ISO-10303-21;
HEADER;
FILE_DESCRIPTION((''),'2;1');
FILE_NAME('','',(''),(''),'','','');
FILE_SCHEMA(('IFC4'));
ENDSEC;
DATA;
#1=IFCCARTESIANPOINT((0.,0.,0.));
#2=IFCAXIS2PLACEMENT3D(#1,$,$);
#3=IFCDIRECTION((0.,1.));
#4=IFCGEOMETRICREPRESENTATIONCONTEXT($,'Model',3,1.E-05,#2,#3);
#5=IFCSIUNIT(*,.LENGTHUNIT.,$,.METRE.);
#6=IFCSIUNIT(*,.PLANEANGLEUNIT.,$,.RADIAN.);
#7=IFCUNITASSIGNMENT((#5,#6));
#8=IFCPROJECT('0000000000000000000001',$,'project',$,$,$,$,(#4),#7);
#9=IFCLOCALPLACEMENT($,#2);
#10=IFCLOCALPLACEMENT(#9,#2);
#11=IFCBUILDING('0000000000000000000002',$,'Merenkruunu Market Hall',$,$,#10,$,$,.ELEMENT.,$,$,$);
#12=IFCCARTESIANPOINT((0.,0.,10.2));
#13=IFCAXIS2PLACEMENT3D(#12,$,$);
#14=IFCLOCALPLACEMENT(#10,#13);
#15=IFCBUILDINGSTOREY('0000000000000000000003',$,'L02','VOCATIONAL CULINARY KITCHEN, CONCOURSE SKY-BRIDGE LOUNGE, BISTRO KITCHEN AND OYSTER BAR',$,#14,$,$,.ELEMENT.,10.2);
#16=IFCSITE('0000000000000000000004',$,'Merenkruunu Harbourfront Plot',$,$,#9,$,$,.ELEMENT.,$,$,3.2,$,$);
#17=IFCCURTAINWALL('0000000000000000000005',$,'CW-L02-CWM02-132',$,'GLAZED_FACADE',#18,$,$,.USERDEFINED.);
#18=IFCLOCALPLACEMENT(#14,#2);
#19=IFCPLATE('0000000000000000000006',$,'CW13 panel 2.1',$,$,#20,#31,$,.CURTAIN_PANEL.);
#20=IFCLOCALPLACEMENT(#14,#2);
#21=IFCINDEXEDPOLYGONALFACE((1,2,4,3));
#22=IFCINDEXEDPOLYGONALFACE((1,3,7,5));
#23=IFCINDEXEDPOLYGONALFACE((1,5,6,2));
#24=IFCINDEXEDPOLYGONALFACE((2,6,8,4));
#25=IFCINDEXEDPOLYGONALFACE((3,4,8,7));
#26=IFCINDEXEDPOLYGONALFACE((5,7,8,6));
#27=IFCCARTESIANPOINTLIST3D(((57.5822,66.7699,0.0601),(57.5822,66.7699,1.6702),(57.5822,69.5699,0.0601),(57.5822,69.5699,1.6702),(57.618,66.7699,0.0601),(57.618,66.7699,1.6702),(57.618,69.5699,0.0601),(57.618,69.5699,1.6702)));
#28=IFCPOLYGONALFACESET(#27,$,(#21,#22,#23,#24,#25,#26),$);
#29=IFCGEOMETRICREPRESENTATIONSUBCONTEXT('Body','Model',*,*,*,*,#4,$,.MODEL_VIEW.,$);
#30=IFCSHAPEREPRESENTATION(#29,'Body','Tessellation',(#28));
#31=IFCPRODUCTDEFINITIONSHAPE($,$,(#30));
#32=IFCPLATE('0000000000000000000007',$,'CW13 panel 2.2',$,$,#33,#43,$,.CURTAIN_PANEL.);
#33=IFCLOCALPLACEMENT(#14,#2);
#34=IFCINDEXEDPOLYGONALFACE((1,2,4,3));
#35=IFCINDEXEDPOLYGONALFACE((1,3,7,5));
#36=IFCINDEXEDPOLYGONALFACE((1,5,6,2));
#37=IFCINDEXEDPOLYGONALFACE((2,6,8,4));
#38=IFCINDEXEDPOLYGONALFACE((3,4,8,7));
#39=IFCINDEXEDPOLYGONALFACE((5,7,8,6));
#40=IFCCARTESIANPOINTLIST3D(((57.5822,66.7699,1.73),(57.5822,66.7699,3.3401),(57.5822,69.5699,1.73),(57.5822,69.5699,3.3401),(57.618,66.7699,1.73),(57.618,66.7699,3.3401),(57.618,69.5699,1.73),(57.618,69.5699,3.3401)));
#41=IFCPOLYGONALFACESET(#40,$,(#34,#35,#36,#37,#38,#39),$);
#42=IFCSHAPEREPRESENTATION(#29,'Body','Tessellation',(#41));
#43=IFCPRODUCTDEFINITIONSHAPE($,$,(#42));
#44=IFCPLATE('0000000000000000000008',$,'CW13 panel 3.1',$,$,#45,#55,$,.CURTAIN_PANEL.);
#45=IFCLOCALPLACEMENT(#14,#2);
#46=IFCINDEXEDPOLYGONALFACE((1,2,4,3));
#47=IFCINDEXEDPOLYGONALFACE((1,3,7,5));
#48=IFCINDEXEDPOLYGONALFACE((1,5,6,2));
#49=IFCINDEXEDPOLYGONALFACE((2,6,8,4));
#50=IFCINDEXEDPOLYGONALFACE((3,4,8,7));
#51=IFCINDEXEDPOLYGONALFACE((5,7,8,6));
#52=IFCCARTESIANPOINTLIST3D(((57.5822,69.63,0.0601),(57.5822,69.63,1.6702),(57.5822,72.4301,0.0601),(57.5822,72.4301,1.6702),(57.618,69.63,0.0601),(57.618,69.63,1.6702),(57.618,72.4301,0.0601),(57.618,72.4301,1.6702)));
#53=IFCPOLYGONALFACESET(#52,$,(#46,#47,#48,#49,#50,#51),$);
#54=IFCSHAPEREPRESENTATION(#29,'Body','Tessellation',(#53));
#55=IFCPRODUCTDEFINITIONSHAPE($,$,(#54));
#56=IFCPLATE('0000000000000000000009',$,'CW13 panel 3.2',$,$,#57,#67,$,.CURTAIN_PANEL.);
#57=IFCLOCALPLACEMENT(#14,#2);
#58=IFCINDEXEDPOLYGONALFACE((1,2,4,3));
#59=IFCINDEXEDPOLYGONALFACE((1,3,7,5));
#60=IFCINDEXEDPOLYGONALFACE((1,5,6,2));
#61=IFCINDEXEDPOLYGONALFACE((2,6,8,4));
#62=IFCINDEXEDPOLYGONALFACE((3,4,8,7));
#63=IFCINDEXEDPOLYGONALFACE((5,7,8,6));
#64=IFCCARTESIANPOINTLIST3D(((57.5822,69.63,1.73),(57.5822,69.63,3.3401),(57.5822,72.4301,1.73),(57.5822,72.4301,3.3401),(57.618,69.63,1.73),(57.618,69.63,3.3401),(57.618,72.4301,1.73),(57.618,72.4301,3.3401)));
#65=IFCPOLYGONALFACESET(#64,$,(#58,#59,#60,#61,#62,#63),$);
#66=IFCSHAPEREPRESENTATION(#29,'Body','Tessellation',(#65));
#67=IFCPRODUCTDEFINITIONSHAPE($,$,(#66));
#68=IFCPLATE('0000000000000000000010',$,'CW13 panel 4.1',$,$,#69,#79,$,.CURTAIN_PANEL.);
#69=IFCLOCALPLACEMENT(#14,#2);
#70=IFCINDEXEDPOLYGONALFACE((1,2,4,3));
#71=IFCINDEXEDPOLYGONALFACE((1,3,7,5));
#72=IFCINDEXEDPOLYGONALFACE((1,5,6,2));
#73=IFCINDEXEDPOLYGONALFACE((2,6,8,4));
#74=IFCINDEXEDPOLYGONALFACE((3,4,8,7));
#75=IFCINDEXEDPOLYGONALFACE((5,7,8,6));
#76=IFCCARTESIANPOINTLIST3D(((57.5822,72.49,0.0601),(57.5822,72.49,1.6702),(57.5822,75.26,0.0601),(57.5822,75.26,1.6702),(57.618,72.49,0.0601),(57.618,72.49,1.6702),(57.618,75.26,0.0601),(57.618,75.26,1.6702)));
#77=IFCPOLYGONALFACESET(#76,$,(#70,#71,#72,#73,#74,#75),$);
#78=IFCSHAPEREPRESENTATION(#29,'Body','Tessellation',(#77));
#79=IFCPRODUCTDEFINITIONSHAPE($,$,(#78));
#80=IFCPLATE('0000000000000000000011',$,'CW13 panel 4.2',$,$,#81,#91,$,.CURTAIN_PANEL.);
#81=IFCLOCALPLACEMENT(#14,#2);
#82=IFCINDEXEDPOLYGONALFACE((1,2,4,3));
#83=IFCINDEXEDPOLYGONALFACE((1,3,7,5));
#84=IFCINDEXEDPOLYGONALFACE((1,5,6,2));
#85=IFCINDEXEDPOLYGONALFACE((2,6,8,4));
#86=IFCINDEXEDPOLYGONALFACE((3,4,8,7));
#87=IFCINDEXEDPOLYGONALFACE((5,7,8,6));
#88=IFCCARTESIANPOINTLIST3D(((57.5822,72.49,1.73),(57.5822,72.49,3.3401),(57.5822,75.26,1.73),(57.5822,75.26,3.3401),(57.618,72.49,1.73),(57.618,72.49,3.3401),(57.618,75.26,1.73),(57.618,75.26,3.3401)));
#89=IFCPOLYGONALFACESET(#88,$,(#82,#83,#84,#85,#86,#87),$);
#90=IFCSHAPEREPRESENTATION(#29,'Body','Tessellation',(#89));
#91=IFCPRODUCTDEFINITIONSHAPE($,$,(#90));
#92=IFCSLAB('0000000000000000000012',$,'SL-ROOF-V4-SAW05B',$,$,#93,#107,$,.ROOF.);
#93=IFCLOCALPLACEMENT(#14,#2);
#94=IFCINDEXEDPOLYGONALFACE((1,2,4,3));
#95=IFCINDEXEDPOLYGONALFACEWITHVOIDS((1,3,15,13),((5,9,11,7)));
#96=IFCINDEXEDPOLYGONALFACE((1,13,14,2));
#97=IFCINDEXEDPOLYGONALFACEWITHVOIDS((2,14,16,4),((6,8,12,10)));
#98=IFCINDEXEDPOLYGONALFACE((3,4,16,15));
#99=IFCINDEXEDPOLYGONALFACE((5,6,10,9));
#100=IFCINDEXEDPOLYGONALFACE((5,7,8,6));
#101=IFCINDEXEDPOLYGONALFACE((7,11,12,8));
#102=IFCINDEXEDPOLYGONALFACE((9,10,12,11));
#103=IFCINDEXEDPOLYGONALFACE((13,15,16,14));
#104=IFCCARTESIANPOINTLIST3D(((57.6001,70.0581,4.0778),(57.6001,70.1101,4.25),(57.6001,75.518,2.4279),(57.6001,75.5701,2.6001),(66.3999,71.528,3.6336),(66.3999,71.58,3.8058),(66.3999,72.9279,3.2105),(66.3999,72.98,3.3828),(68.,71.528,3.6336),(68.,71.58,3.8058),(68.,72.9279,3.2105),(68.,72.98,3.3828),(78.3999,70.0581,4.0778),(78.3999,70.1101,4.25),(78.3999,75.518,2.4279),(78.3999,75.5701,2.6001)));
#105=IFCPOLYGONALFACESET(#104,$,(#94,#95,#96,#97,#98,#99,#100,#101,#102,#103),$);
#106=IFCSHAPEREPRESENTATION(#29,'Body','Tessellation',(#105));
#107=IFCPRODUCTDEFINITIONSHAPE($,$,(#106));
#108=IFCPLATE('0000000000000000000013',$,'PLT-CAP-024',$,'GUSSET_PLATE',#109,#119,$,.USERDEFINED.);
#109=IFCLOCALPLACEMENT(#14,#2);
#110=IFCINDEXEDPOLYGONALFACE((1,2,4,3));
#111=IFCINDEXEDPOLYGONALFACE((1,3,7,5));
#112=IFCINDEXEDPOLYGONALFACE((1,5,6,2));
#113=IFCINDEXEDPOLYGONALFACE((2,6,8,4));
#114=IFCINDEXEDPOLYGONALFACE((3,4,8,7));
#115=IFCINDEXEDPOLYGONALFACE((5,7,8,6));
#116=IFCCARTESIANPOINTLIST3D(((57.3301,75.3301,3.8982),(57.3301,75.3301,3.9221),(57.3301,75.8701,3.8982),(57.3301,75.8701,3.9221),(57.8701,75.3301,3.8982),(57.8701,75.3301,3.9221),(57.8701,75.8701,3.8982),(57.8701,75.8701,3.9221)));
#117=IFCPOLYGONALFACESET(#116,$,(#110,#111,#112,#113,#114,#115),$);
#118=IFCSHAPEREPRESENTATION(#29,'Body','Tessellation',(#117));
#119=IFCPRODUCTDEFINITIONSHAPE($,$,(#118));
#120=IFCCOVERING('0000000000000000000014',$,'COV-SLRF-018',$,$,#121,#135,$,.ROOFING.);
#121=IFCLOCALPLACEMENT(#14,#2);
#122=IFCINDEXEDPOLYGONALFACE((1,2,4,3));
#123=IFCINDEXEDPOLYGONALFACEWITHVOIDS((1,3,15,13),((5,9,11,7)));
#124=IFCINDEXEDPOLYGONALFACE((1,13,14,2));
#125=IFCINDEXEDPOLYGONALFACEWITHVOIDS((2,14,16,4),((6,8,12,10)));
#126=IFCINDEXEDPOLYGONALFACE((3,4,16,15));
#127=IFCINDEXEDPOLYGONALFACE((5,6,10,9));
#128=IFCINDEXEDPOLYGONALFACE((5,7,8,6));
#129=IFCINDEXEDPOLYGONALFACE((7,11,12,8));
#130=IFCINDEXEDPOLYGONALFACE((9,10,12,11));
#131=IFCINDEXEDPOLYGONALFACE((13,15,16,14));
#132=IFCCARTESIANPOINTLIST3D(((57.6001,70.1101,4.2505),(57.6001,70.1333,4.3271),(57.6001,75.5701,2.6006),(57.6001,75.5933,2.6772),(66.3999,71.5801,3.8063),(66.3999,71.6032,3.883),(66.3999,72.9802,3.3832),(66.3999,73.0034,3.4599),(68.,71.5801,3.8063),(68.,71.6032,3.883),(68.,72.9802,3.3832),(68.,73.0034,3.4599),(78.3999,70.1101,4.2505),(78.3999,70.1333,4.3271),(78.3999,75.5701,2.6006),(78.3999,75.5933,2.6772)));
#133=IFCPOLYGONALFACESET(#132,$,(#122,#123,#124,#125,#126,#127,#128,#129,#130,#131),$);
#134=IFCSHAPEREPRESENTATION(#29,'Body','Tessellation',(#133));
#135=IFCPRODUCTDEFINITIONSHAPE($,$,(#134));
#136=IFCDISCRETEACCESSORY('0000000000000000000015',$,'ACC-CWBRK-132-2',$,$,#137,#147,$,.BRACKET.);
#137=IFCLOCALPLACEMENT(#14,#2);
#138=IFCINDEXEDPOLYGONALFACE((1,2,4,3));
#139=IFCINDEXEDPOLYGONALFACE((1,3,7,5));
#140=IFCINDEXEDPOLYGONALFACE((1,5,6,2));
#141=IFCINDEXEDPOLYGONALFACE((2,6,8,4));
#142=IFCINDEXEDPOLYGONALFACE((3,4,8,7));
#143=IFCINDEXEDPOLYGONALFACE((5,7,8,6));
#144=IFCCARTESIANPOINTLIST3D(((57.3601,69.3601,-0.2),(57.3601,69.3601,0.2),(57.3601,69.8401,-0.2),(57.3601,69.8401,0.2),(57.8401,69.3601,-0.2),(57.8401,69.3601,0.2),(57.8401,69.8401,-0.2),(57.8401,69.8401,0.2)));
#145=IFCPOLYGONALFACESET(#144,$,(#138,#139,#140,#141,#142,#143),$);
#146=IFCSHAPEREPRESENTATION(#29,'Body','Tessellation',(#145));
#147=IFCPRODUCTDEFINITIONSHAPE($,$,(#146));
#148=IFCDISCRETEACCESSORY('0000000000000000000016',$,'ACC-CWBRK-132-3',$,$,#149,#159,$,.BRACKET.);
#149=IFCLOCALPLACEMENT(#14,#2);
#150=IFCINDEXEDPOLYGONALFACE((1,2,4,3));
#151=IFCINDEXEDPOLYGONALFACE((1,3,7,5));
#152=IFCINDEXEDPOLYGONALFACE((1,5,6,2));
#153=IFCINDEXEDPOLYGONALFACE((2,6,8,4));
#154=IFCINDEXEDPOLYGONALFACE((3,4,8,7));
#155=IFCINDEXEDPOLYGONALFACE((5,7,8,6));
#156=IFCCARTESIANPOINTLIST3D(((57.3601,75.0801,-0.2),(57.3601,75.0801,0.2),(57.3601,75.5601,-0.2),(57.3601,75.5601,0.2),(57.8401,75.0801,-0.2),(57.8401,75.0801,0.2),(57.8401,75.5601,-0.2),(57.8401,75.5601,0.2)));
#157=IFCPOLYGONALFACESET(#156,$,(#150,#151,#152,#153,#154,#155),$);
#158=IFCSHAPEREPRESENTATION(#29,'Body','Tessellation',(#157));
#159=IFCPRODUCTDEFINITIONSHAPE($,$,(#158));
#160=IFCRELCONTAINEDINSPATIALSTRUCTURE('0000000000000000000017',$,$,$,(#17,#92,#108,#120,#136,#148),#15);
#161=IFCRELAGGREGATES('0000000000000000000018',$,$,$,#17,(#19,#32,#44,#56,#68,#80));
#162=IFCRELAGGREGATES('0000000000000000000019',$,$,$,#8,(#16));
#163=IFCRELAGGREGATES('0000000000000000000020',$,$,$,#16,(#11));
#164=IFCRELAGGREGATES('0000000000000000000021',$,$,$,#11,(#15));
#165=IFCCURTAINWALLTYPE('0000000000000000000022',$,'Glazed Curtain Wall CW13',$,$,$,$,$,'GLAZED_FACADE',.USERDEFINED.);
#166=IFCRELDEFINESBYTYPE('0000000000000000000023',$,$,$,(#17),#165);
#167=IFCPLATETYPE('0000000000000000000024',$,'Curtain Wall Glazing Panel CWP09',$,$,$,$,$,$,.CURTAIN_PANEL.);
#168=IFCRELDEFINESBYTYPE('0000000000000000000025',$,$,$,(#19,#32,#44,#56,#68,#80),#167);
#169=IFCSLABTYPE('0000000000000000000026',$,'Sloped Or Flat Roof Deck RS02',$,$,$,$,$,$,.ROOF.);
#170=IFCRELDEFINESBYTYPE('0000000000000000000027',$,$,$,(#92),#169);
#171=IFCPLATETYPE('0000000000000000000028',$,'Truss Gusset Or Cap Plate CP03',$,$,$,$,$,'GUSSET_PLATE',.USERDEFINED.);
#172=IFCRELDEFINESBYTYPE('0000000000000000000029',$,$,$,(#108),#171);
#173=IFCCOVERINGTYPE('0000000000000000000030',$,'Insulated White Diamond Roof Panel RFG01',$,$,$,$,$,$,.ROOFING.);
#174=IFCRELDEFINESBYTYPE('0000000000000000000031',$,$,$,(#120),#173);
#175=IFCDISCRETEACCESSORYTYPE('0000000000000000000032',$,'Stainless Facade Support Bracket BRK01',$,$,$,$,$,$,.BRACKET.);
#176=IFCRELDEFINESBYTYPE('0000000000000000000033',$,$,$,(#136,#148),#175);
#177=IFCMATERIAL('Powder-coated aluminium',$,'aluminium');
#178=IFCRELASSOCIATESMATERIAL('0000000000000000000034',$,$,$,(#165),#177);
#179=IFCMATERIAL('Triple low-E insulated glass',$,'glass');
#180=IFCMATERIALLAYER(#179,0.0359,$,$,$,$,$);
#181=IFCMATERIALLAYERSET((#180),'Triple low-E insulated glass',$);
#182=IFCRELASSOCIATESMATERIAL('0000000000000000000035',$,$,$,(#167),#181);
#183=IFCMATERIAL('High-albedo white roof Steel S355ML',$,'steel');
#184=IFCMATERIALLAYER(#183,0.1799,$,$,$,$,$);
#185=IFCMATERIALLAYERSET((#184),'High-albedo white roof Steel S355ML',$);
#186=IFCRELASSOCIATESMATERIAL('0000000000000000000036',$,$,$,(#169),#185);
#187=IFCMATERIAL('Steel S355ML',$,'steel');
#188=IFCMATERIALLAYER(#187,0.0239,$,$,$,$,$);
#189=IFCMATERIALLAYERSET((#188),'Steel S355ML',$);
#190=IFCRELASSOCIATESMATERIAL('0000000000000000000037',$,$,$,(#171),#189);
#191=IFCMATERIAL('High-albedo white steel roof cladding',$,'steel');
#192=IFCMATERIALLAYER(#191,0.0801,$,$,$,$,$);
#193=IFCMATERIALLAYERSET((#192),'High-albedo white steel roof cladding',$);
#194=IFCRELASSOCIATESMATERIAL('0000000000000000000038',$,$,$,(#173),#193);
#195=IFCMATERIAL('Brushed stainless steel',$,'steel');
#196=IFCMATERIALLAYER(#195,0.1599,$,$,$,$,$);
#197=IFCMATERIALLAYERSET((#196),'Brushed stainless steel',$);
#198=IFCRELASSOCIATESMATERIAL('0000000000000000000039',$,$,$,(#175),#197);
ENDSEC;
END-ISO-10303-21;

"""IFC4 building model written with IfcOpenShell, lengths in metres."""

from ifc_helpers import new_model, si_unit, direction, frame, origin, origin_2d, place, context, subcontext, project, spatial, polyline, rectangle, outline, extrude, material, layer, layer_set, type_object, element, aggregate, save


model = new_model("IFC4")

# Units and contexts
model_context = context("Model", 3, precision=1e-05, world=origin(), true_north=direction((0.0, 1.0)))
body_context = subcontext(model_context, "Body", "Model", "MODEL_VIEW")
ifc_project = project(units=[si_unit("LENGTHUNIT", "METRE"), si_unit("PLANEANGLEUNIT", "RADIAN")], contexts=[model_context])

# Site, building, storey
site_placement = place(None, origin())
site = spatial("IfcSite", under=ifc_project, at=site_placement, Name="Merenkruunu Harbourfront Plot", CompositionType="ELEMENT", RefElevation=3.2)
building_placement = place(site_placement, origin())
building = spatial("IfcBuilding", under=site, at=building_placement, Name="Merenkruunu Market Hall", CompositionType="ELEMENT")
storey_placement = place(building_placement, frame((0.0, 0.0, 10.2)))
storey = spatial("IfcBuildingStorey", under=building, at=storey_placement, Name="L02", Description="VOCATIONAL CULINARY KITCHEN, CONCOURSE SKY-BRIDGE LOUNGE, BISTRO KITCHEN AND OYSTER BAR", CompositionType="ELEMENT", Elevation=10.2)

# Shared definitions
ifc_material_1 = material(Name="Steel S355ML", Category="steel")

# Curtain wall
ifc_material_2 = material(Name="Powder-coated aluminium", Category="aluminium")
curtain_wall_type = type_object("IfcCurtainWallType", Name="Glazed Curtain Wall CW13", ElementType="GLAZED_FACADE", PredefinedType="USERDEFINED", material=ifc_material_2)
curtain_wall_placement = place(storey_placement, origin())
curtain_wall = element("IfcCurtainWall", 1, at=curtain_wall_placement, inside=storey, type_object=curtain_wall_type, Name="CW-L02-CWM02-132", ObjectType="GLAZED_FACADE", PredefinedType="USERDEFINED")

# Plates
ifc_material_3 = material(Name="Triple low-E insulated glass", Category="glass")
ifc_layer_1 = layer(ifc_material_3, 0.0359)
ifc_layer_set_1 = layer_set([ifc_layer_1], Name="Triple low-E insulated glass")
plate_type_1 = type_object("IfcPlateType", Name="Curtain Wall Glazing Panel CWP09", PredefinedType="CURTAIN_PANEL", material=ifc_layer_set_1)
plate_1_placement = place(storey_placement, frame((57.6001, 68.1699, 0.0601), z_axis=(0.0, 0.0, 1.0), x_axis=(0.0, 1.0, 0.0)))
plate_1 = element("IfcPlate", 2, at=plate_1_placement, type_object=plate_type_1, Name="CW13 panel 2.1", PredefinedType="CURTAIN_PANEL", context=body_context, shape_type="SweptSolid", body=[
    extrude(rectangle(XDim=2.8, YDim=0.0359, at=origin_2d()), origin(), (0.0, 0.0, 1.0), 1.6101),
])
plate_2_placement = place(storey_placement, frame((57.6001, 68.1699, 1.73), z_axis=(0.0, 0.0, 1.0), x_axis=(0.0, 1.0, 0.0)))
plate_2 = element("IfcPlate", 3, at=plate_2_placement, type_object=plate_type_1, Name="CW13 panel 2.2", PredefinedType="CURTAIN_PANEL", context=body_context, shape_type="SweptSolid", body=[
    extrude(rectangle(XDim=2.8, YDim=0.0359, at=origin_2d()), origin(), (0.0, 0.0, 1.0), 1.6101),
])
plate_3_placement = place(storey_placement, frame((57.6001, 71.03, 0.0601), z_axis=(0.0, 0.0, 1.0), x_axis=(0.0, 1.0, 0.0)))
plate_3 = element("IfcPlate", 4, at=plate_3_placement, type_object=plate_type_1, Name="CW13 panel 3.1", PredefinedType="CURTAIN_PANEL", context=body_context, shape_type="SweptSolid", body=[
    extrude(rectangle(XDim=2.8, YDim=0.0359, at=origin_2d()), origin(), (0.0, 0.0, 1.0), 1.6101),
])
plate_4_placement = place(storey_placement, frame((57.6001, 71.03, 1.73), z_axis=(0.0, 0.0, 1.0), x_axis=(0.0, 1.0, 0.0)))
plate_4 = element("IfcPlate", 5, at=plate_4_placement, type_object=plate_type_1, Name="CW13 panel 3.2", PredefinedType="CURTAIN_PANEL", context=body_context, shape_type="SweptSolid", body=[
    extrude(rectangle(XDim=2.8, YDim=0.0359, at=origin_2d()), origin(), (0.0, 0.0, 1.0), 1.6101),
])
plate_5_placement = place(storey_placement, frame((57.6001, 73.875, 0.0601), z_axis=(0.0, 0.0, 1.0), x_axis=(0.0, 1.0, 0.0)))
plate_5 = element("IfcPlate", 6, at=plate_5_placement, type_object=plate_type_1, Name="CW13 panel 4.1", PredefinedType="CURTAIN_PANEL", context=body_context, shape_type="SweptSolid", body=[
    extrude(rectangle(XDim=2.77, YDim=0.0359, at=origin_2d()), origin(), (0.0, 0.0, 1.0), 1.6101),
])
plate_6_placement = place(storey_placement, frame((57.6001, 73.875, 1.73), z_axis=(0.0, 0.0, 1.0), x_axis=(0.0, 1.0, 0.0)))
plate_6 = element("IfcPlate", 7, at=plate_6_placement, type_object=plate_type_1, Name="CW13 panel 4.2", PredefinedType="CURTAIN_PANEL", context=body_context, shape_type="SweptSolid", body=[
    extrude(rectangle(XDim=2.77, YDim=0.0359, at=origin_2d()), origin(), (0.0, 0.0, 1.0), 1.6101),
])
aggregate(curtain_wall, [plate_1, plate_2, plate_3, plate_4, plate_5, plate_6])

# Slab
ifc_material_4 = material(Name="High-albedo white roof Steel S355ML", Category="steel")
ifc_layer_2 = layer(ifc_material_4, 0.1799)
ifc_layer_set_2 = layer_set([ifc_layer_2], Name="High-albedo white roof Steel S355ML")
slab_type = type_object("IfcSlabType", Name="Sloped Or Flat Roof Deck RS02", PredefinedType="ROOF", material=ifc_layer_set_2)
slab_placement = place(storey_placement, frame((57.6001, 70.1101, 4.25), z_axis=(0.0, 0.289264, 0.957249), x_axis=(1.0, 0.0, 0.0)))
element("IfcSlab", 8, at=slab_placement, inside=storey, type_object=slab_type, Name="SL-ROOF-V4-SAW05B", PredefinedType="ROOF", context=body_context, shape_type="SweptSolid", body=[
    extrude(outline(polyline([(0.0, 0.0), (20.7998, 0.0), (20.7998, 5.7038), (0.0, 5.7038), (0.0, 0.0)]), holes=[polyline([(8.7998, 1.5356), (10.3999, 1.5356), (10.3999, 2.998), (8.7998, 2.998), (8.7998, 1.5356)])]), origin(), (0.0, 0.0, -1.0), 0.1799),
])

# Plate
ifc_layer_3 = layer(ifc_material_1, 0.0239)
ifc_layer_set_3 = layer_set([ifc_layer_3], Name="Steel S355ML")
plate_type_2 = type_object("IfcPlateType", Name="Truss Gusset Or Cap Plate CP03", ElementType="GUSSET_PLATE", PredefinedType="USERDEFINED", material=ifc_layer_set_3)
plate_7_placement = place(storey_placement, frame((57.6001, 75.6001, 3.8982), z_axis=(0.0, 0.0, 1.0), x_axis=(1.0, 0.0, 0.0)))
element("IfcPlate", 9, at=plate_7_placement, inside=storey, type_object=plate_type_2, Name="PLT-CAP-024", ObjectType="GUSSET_PLATE", PredefinedType="USERDEFINED", context=body_context, shape_type="SweptSolid", body=[
    extrude(rectangle(XDim=0.54, YDim=0.54, at=origin_2d()), origin(), (0.0, 0.0, 1.0), 0.0239),
])

# Covering
ifc_material_5 = material(Name="High-albedo white steel roof cladding", Category="steel")
ifc_layer_4 = layer(ifc_material_5, 0.0801)
ifc_layer_set_4 = layer_set([ifc_layer_4], Name="High-albedo white steel roof cladding")
covering_type = type_object("IfcCoveringType", Name="Insulated White Diamond Roof Panel RFG01", PredefinedType="ROOFING", material=ifc_layer_set_4)
covering_placement = place(storey_placement, frame((57.6001, 70.1333, 4.3271), z_axis=(0.0, 0.289264, 0.957249), x_axis=(1.0, 0.0, 0.0)))
element("IfcCovering", 10, at=covering_placement, inside=storey, type_object=covering_type, Name="COV-SLRF-018", PredefinedType="ROOFING", context=body_context, shape_type="SweptSolid", body=[
    extrude(outline(polyline([(0.0, 0.0), (20.7998, 0.0), (20.7998, 5.7038), (0.0, 5.7038), (0.0, 0.0)]), holes=[polyline([(8.7998, 1.5356), (10.3999, 1.5356), (10.3999, 2.9983), (8.7998, 2.9983), (8.7998, 1.5356)])]), origin(), (0.0, 0.0, -1.0), 0.0801),
])

# Discrete accessories
ifc_material_6 = material(Name="Brushed stainless steel", Category="steel")
ifc_layer_5 = layer(ifc_material_6, 0.1599)
ifc_layer_set_5 = layer_set([ifc_layer_5], Name="Brushed stainless steel")
discrete_accessory_type = type_object("IfcDiscreteAccessoryType", Name="Stainless Facade Support Bracket BRK01", PredefinedType="BRACKET", material=ifc_layer_set_5)
for number, where, z_axis, x_axis, name in (
    (11, (57.6001, 69.6001, -0.2), (0.0, 0.0, 1.0), (1.0, 0.0, 0.0), "ACC-CWBRK-132-2"),
    (12, (57.6001, 75.3201, -0.2), (0.0, 0.0, 1.0), (1.0, 0.0, 0.0), "ACC-CWBRK-132-3"),
):
    element("IfcDiscreteAccessory", number, at=place(storey_placement, frame(where, z_axis=z_axis, x_axis=x_axis)), inside=storey, type_object=discrete_accessory_type, Name=name, PredefinedType="BRACKET", context=body_context, shape_type="SweptSolid", body=[
        extrude(rectangle(XDim=0.48, YDim=0.48, at=origin_2d()), origin(), (0.0, 0.0, 1.0), 0.3999),
    ])

save(model, "model.ifc")
